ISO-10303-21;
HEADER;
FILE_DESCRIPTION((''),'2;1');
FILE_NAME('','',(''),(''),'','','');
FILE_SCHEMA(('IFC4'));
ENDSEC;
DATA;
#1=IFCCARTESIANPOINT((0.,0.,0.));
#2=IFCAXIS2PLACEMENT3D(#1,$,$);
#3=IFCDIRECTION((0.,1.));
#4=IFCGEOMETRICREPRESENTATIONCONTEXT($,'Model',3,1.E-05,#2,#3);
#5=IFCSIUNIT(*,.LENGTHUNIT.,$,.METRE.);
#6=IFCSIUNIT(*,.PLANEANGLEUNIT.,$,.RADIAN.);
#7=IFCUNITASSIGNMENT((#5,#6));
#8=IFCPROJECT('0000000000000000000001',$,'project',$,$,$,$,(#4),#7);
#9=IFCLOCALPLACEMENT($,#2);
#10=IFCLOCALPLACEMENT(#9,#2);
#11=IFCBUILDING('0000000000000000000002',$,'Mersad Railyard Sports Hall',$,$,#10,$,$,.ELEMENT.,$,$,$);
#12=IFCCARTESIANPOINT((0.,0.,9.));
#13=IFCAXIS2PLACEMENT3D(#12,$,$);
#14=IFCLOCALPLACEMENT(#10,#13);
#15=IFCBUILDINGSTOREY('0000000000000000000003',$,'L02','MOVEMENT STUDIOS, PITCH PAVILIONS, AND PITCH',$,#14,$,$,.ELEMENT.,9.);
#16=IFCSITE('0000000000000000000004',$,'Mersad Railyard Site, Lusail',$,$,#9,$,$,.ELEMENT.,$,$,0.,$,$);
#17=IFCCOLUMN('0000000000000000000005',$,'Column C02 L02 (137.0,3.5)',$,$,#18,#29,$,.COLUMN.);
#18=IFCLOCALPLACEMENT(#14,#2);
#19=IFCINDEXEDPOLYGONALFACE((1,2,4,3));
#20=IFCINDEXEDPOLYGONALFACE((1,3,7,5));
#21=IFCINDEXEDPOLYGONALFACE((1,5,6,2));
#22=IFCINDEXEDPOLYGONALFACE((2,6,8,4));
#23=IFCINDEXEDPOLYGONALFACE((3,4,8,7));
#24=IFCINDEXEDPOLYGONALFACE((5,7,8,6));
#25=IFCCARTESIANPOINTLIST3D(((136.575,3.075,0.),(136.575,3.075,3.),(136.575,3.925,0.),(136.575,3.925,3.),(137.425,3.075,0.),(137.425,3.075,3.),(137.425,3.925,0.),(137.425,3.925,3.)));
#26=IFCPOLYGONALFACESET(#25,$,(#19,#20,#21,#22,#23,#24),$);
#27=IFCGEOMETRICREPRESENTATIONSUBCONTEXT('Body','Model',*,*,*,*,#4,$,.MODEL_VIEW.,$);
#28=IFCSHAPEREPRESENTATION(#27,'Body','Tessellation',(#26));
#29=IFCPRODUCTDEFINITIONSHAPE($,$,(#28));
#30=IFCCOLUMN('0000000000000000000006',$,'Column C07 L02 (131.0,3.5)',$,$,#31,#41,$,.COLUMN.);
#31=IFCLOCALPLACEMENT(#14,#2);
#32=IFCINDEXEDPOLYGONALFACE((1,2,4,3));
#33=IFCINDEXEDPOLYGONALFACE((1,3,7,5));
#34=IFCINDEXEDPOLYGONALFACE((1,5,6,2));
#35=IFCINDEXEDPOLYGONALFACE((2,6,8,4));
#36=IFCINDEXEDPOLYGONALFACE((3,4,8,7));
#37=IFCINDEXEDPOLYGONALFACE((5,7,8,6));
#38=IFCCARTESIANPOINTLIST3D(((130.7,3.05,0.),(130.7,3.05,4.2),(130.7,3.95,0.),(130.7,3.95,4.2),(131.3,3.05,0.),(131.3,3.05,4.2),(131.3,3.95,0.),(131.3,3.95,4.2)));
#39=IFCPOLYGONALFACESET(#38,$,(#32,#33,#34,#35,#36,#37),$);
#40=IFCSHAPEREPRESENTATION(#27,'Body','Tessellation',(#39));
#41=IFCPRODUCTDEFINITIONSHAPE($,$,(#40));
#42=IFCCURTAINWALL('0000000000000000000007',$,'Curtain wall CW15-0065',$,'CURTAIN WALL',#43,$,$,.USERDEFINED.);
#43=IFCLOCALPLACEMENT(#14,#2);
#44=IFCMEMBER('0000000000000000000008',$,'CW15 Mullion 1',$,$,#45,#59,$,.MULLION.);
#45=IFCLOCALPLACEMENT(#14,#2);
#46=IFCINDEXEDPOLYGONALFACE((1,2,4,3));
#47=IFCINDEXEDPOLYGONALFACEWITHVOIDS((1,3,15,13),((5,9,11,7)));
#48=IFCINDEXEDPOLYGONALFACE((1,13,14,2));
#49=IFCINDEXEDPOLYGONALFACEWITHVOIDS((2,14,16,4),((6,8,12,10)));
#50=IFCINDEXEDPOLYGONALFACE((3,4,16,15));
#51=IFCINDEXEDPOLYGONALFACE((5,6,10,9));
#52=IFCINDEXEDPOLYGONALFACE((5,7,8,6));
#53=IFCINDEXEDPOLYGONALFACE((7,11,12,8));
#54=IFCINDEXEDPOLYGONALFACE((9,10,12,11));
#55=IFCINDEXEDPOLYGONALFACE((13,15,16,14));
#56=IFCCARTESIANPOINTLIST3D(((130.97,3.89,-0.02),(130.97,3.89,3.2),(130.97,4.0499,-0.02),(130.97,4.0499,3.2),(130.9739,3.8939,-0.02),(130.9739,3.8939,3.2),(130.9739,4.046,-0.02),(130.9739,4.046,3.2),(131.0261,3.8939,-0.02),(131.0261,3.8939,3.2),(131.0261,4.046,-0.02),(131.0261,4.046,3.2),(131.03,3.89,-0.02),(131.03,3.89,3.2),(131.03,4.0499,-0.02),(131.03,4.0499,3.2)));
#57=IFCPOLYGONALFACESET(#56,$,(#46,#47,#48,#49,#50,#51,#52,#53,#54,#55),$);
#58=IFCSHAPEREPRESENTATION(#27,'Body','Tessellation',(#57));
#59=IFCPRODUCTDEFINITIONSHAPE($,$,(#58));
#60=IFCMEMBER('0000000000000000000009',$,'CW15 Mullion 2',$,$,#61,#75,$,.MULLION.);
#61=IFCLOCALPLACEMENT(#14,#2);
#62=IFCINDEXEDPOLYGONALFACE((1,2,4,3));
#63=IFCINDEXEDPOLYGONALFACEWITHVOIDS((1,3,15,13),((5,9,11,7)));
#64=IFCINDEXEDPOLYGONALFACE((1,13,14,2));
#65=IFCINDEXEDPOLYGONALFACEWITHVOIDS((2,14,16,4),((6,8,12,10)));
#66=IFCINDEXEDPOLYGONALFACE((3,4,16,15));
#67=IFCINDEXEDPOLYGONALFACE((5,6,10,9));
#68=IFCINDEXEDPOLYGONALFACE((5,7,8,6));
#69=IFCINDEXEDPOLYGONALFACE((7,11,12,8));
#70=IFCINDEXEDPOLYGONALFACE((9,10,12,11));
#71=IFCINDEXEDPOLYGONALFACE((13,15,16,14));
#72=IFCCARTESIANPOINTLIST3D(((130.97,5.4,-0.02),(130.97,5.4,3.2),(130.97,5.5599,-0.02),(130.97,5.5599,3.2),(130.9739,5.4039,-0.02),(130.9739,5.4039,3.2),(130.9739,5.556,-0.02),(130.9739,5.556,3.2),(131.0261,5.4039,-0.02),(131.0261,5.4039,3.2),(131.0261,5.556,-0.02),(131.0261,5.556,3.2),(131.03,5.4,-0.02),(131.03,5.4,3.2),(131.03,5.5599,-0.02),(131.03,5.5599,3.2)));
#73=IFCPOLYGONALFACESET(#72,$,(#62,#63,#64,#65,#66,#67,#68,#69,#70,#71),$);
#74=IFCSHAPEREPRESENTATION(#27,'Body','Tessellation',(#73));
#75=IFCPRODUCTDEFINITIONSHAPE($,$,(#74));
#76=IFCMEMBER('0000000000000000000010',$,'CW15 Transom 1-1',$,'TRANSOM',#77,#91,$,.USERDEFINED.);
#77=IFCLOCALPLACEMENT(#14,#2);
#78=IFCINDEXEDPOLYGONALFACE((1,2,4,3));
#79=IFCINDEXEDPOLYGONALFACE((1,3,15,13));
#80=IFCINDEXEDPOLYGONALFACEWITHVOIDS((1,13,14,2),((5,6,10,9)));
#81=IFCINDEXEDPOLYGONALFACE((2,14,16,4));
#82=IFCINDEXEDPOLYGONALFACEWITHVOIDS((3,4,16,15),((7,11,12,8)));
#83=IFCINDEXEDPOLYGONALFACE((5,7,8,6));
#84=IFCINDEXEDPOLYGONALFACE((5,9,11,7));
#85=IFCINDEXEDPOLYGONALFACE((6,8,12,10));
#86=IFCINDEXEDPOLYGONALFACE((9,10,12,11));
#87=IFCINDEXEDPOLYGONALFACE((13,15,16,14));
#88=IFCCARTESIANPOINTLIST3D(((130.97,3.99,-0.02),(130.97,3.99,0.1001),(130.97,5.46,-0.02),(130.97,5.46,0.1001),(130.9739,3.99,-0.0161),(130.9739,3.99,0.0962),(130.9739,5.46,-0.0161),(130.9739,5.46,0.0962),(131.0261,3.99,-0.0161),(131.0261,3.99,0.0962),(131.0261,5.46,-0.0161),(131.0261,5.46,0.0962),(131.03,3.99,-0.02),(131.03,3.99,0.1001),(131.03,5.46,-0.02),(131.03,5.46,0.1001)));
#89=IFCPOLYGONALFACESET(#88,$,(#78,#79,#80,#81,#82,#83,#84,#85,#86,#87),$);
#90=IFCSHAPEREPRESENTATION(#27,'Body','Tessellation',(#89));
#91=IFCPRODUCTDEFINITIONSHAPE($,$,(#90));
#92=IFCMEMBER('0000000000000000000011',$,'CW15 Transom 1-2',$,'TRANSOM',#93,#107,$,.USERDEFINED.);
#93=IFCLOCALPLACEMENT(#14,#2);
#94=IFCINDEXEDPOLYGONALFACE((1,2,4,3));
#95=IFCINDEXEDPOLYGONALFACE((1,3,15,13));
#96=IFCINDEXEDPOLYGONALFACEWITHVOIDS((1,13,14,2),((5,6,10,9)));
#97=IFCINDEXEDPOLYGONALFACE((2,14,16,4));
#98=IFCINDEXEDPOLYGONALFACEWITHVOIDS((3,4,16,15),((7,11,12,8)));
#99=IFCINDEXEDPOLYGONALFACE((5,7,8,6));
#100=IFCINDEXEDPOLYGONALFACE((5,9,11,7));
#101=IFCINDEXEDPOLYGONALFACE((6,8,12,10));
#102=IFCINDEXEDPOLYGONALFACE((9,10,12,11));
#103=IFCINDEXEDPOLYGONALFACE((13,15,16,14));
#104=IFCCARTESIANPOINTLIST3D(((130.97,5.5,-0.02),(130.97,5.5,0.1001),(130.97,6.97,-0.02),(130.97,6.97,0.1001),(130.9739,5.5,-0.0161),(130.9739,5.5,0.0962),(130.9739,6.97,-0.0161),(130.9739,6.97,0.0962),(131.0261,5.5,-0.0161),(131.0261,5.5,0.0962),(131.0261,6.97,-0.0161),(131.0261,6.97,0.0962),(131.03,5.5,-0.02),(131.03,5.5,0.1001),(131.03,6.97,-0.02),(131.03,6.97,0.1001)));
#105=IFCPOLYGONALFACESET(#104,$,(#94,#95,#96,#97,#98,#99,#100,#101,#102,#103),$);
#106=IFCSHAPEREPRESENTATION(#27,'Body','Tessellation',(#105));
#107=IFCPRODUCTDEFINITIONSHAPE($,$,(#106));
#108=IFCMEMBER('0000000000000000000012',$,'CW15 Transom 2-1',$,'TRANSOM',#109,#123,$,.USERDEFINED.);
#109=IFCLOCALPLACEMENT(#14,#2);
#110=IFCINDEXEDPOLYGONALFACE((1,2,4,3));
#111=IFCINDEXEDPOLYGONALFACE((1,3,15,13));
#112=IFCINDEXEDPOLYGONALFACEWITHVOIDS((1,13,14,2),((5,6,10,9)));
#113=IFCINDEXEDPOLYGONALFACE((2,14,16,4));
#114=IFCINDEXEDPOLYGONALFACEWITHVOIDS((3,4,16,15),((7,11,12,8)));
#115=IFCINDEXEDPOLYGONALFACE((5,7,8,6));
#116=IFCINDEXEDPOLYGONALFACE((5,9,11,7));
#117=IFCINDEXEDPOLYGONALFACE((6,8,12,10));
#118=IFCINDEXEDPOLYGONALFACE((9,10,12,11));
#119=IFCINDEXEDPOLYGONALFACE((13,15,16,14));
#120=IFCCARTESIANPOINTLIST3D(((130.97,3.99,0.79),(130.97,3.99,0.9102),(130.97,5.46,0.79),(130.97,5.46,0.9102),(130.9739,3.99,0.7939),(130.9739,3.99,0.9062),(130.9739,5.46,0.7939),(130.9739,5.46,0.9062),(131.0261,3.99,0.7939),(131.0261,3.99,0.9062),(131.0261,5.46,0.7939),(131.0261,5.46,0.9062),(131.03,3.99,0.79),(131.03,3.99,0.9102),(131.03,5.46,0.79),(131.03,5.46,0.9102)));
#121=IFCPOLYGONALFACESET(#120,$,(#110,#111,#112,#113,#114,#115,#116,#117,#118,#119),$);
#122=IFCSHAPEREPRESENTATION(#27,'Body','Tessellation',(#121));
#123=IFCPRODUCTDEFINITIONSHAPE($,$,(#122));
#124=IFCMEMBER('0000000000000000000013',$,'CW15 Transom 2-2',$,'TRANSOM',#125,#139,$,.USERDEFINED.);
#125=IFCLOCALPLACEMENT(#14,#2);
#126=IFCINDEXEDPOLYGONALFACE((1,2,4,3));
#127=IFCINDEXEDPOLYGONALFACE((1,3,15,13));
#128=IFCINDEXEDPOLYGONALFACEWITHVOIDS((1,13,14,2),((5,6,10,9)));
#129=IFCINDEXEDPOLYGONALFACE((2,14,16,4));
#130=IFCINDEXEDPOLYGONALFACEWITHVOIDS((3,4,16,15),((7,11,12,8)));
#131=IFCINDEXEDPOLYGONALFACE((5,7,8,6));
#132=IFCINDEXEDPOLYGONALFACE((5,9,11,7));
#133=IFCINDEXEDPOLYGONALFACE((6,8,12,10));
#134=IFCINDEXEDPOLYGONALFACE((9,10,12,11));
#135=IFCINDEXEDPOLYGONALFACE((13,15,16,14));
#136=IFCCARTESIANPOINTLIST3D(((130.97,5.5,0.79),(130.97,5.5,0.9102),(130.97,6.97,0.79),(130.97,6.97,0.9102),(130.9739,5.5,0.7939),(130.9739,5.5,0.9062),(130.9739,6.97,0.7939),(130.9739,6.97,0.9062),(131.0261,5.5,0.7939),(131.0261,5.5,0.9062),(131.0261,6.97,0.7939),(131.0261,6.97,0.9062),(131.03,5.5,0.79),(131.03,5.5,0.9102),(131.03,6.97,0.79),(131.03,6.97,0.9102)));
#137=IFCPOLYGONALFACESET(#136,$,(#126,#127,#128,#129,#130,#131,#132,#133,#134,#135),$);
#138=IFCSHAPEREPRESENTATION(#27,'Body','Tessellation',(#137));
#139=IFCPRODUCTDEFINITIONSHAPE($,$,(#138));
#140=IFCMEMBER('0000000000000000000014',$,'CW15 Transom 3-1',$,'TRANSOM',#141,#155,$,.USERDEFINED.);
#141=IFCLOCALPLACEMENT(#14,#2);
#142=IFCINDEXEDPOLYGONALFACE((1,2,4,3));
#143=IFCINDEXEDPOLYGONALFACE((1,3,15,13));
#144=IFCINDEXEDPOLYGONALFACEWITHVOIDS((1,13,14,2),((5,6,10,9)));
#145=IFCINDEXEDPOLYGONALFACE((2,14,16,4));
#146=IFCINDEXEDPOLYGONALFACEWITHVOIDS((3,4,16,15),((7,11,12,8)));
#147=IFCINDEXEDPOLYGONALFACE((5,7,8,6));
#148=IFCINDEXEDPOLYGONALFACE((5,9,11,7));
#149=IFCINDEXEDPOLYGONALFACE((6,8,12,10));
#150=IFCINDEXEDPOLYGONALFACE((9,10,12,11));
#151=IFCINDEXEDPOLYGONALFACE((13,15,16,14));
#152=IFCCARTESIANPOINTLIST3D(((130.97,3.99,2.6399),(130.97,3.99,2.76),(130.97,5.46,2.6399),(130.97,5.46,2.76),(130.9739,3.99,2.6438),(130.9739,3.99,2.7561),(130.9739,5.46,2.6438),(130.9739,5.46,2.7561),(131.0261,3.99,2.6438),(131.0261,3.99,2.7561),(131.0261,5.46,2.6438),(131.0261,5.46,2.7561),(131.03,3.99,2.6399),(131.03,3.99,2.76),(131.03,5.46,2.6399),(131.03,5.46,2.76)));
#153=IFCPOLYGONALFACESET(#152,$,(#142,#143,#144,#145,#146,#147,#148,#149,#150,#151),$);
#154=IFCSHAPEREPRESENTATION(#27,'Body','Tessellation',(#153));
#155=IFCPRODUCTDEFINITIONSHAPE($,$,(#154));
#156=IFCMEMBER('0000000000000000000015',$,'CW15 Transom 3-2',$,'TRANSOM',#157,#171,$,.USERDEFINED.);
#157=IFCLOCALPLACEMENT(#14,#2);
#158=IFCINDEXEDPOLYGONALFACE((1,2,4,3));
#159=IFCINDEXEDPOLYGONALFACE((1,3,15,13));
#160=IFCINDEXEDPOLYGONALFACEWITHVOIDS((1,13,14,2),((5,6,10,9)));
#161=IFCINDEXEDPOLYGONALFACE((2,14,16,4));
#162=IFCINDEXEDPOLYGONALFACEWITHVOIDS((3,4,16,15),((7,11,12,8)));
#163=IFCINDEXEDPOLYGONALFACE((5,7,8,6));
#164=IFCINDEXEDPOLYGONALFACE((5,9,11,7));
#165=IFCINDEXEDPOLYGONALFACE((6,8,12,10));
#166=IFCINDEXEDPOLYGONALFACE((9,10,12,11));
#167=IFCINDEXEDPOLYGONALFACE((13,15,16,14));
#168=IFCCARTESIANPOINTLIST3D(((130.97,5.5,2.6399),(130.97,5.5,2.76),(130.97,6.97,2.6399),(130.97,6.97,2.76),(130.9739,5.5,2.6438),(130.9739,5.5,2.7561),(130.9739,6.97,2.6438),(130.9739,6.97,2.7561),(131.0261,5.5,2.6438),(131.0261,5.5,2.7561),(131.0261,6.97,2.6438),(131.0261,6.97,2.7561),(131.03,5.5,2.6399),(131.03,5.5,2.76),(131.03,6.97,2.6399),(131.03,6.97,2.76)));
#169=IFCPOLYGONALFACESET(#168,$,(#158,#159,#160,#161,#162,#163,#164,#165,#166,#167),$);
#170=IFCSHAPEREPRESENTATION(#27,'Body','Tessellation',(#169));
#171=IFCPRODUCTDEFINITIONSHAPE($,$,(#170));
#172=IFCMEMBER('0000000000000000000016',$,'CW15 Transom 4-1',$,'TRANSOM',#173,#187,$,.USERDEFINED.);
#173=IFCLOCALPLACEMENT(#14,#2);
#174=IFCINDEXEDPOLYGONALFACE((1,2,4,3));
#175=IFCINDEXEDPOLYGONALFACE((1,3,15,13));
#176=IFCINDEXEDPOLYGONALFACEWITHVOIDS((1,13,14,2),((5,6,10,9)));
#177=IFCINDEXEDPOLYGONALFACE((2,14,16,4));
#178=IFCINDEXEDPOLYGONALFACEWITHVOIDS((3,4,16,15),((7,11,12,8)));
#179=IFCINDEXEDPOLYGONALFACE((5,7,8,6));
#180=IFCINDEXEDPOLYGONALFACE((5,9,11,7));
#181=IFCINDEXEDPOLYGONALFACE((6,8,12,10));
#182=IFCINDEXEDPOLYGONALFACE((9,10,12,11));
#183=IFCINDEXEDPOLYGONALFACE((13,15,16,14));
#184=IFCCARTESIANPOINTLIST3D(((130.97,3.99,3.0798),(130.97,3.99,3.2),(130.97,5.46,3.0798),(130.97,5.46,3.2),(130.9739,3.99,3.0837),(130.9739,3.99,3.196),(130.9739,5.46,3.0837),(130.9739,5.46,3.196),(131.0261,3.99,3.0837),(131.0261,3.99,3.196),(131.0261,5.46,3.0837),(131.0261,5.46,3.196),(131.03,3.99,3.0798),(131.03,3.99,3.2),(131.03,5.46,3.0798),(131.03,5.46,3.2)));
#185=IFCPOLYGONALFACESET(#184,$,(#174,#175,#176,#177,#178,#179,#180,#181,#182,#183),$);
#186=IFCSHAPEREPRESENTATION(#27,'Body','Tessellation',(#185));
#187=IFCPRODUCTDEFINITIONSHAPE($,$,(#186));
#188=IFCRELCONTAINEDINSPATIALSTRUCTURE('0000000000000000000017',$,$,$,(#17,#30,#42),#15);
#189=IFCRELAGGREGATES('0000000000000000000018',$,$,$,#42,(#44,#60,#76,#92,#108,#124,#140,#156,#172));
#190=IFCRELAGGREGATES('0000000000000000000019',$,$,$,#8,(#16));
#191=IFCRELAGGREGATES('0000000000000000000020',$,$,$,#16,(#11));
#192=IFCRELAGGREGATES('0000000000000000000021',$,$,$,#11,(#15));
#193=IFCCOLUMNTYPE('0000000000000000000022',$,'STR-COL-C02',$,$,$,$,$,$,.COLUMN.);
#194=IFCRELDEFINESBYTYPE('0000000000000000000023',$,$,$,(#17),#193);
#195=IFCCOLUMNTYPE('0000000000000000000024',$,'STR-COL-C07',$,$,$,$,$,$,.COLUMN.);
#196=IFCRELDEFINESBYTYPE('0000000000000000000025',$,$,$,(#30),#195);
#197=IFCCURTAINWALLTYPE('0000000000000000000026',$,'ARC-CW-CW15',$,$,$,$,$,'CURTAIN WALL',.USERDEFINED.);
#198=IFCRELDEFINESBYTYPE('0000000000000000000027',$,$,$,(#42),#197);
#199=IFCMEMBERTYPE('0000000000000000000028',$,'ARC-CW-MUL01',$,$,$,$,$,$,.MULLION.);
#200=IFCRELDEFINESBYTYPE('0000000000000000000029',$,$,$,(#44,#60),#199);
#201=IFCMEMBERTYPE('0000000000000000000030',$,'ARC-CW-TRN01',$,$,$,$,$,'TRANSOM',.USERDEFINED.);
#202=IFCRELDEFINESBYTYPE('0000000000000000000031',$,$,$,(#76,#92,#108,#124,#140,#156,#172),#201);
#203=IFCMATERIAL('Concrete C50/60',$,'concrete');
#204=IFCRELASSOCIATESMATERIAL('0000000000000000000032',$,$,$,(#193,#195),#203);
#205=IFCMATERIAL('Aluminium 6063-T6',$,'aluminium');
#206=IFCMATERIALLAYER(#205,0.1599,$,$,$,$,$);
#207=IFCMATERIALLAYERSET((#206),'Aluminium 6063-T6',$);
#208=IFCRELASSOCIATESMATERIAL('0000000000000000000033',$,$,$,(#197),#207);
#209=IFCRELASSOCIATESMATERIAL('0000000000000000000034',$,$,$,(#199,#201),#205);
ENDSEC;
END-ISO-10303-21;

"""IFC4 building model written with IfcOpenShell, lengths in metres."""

from ifc_helpers import new_model, si_unit, direction, frame, origin, origin_2d, place, context, subcontext, project, spatial, rectangle, hollow_rectangle, extrude, material, layer, layer_set, material_profile, profile_set, type_object, element, aggregate, save


model = new_model("IFC4")

# Units and contexts
model_context = context("Model", 3, precision=1e-05, world=origin(), true_north=direction((0.0, 1.0)))
body_context = subcontext(model_context, "Body", "Model", "MODEL_VIEW")
ifc_project = project(units=[si_unit("LENGTHUNIT", "METRE"), si_unit("PLANEANGLEUNIT", "RADIAN")], contexts=[model_context])

# Site, building, storey
site_placement = place(None, origin())
site = spatial("IfcSite", under=ifc_project, at=site_placement, Name="Mersad Railyard Site, Lusail", CompositionType="ELEMENT", RefElevation=0.0)
building_placement = place(site_placement, origin())
building = spatial("IfcBuilding", under=site, at=building_placement, Name="Mersad Railyard Sports Hall", CompositionType="ELEMENT")
storey_placement = place(building_placement, frame((0.0, 0.0, 9.0)))
storey = spatial("IfcBuildingStorey", under=building, at=storey_placement, Name="L02", Description="MOVEMENT STUDIOS, PITCH PAVILIONS, AND PITCH", CompositionType="ELEMENT", Elevation=9.0)

# Columns
ifc_material_1 = material(Name="Concrete C50/60", Category="concrete")
ifc_material_profile_1 = material_profile(ifc_material_1, rectangle(XDim=0.8501, YDim=0.8501, at=origin_2d()), Name="RC 850x850")
ifc_profile_set_1 = profile_set([ifc_material_profile_1], Name="Concrete C50/60")
column_type_1 = type_object("IfcColumnType", Name="STR-COL-C02", PredefinedType="COLUMN", material=ifc_profile_set_1)
column_1_placement = place(storey_placement, frame((137.0, 3.5, 0.0), z_axis=(0.0, 0.0, 1.0), x_axis=(1.0, 0.0, 0.0)))
element("IfcColumn", 1, at=column_1_placement, inside=storey, type_object=column_type_1, Name="Column C02 L02 (137.0,3.5)", PredefinedType="COLUMN", context=body_context, shape_type="SweptSolid", body=[
    extrude(rectangle(XDim=0.8501, YDim=0.8501, at=origin_2d()), origin(), (0.0, 0.0, 1.0), 3.0),
])
ifc_material_profile_2 = material_profile(ifc_material_1, rectangle(XDim=0.6001, YDim=0.8999, at=origin_2d()), Name="RC 600x900")
ifc_profile_set_2 = profile_set([ifc_material_profile_2], Name="Concrete C50/60")
column_type_2 = type_object("IfcColumnType", Name="STR-COL-C07", PredefinedType="COLUMN", material=ifc_profile_set_2)
column_2_placement = place(storey_placement, frame((131.0, 3.5, 0.0), z_axis=(0.0, 0.0, 1.0), x_axis=(1.0, 0.0, 0.0)))
element("IfcColumn", 2, at=column_2_placement, inside=storey, type_object=column_type_2, Name="Column C07 L02 (131.0,3.5)", PredefinedType="COLUMN", context=body_context, shape_type="SweptSolid", body=[
    extrude(rectangle(XDim=0.6001, YDim=0.8999, at=origin_2d()), origin(), (0.0, 0.0, 1.0), 4.2),
])

# Curtain wall, members
ifc_material_2 = material(Name="Aluminium 6063-T6", Category="aluminium")
ifc_layer_1 = layer(ifc_material_2, 0.1599)
ifc_layer_set_1 = layer_set([ifc_layer_1], Name="Aluminium 6063-T6")
curtain_wall_type = type_object("IfcCurtainWallType", Name="ARC-CW-CW15", ElementType="CURTAIN WALL", PredefinedType="USERDEFINED", material=ifc_layer_set_1)
curtain_wall_placement = place(storey_placement, origin())
curtain_wall = element("IfcCurtainWall", 3, at=curtain_wall_placement, inside=storey, type_object=curtain_wall_type, Name="Curtain wall CW15-0065", ObjectType="CURTAIN WALL", PredefinedType="USERDEFINED")
ifc_material_profile_3 = material_profile(ifc_material_2, hollow_rectangle(XDim=0.0601, YDim=0.1599, WallThickness=0.0039, at=origin_2d()), Name="AL MULLION 60x160x4")
ifc_profile_set_3 = profile_set([ifc_material_profile_3], Name="Aluminium 6063-T6")
member_type_1 = type_object("IfcMemberType", Name="ARC-CW-MUL01", PredefinedType="MULLION", material=ifc_profile_set_3)
member_1_placement = place(storey_placement, frame((131.0, 3.97, -0.02), z_axis=(0.0, 0.0, 1.0), x_axis=(1.0, 0.0, 0.0)))
member_1 = element("IfcMember", 4, at=member_1_placement, type_object=member_type_1, Name="CW15 Mullion 1", PredefinedType="MULLION", context=body_context, shape_type="SweptSolid", body=[
    extrude(hollow_rectangle(XDim=0.0601, YDim=0.1599, WallThickness=0.0039, at=origin_2d()), origin(), (0.0, 0.0, 1.0), 3.22),
])
member_2_placement = place(storey_placement, frame((131.0, 5.48, -0.02), z_axis=(0.0, 0.0, 1.0), x_axis=(1.0, 0.0, 0.0)))
member_2 = element("IfcMember", 5, at=member_2_placement, type_object=member_type_1, Name="CW15 Mullion 2", PredefinedType="MULLION", context=body_context, shape_type="SweptSolid", body=[
    extrude(hollow_rectangle(XDim=0.0601, YDim=0.1599, WallThickness=0.0039, at=origin_2d()), origin(), (0.0, 0.0, 1.0), 3.22),
])
ifc_material_profile_4 = material_profile(ifc_material_2, hollow_rectangle(XDim=0.0601, YDim=0.1201, WallThickness=0.0039, at=origin_2d()), Name="AL TRANSOM 60x120x4")
ifc_profile_set_4 = profile_set([ifc_material_profile_4], Name="Aluminium 6063-T6")
member_type_2 = type_object("IfcMemberType", Name="ARC-CW-TRN01", ElementType="TRANSOM", PredefinedType="USERDEFINED", material=ifc_profile_set_4)
member_3_placement = place(storey_placement, frame((131.0, 3.99, 0.04), z_axis=(0.0, 1.0, 0.0), x_axis=(-1.0, 0.0, 0.0)))
member_3 = element("IfcMember", 6, at=member_3_placement, type_object=member_type_2, Name="CW15 Transom 1-1", ObjectType="TRANSOM", PredefinedType="USERDEFINED", context=body_context, shape_type="SweptSolid", body=[
    extrude(hollow_rectangle(XDim=0.0601, YDim=0.1201, WallThickness=0.0039, at=origin_2d()), origin(), (0.0, 0.0, 1.0), 1.47),
])
member_4_placement = place(storey_placement, frame((131.0, 5.5, 0.04), z_axis=(0.0, 1.0, 0.0), x_axis=(-1.0, 0.0, 0.0)))
member_4 = element("IfcMember", 7, at=member_4_placement, type_object=member_type_2, Name="CW15 Transom 1-2", ObjectType="TRANSOM", PredefinedType="USERDEFINED", context=body_context, shape_type="SweptSolid", body=[
    extrude(hollow_rectangle(XDim=0.0601, YDim=0.1201, WallThickness=0.0039, at=origin_2d()), origin(), (0.0, 0.0, 1.0), 1.47),
])
member_5_placement = place(storey_placement, frame((131.0, 3.99, 0.8501), z_axis=(0.0, 1.0, 0.0), x_axis=(-1.0, 0.0, 0.0)))
member_5 = element("IfcMember", 8, at=member_5_placement, type_object=member_type_2, Name="CW15 Transom 2-1", ObjectType="TRANSOM", PredefinedType="USERDEFINED", context=body_context, shape_type="SweptSolid", body=[
    extrude(hollow_rectangle(XDim=0.0601, YDim=0.1201, WallThickness=0.0039, at=origin_2d()), origin(), (0.0, 0.0, 1.0), 1.47),
])
member_6_placement = place(storey_placement, frame((131.0, 5.5, 0.8501), z_axis=(0.0, 1.0, 0.0), x_axis=(-1.0, 0.0, 0.0)))
member_6 = element("IfcMember", 9, at=member_6_placement, type_object=member_type_2, Name="CW15 Transom 2-2", ObjectType="TRANSOM", PredefinedType="USERDEFINED", context=body_context, shape_type="SweptSolid", body=[
    extrude(hollow_rectangle(XDim=0.0601, YDim=0.1201, WallThickness=0.0039, at=origin_2d()), origin(), (0.0, 0.0, 1.0), 1.47),
])
member_7_placement = place(storey_placement, frame((131.0, 3.99, 2.7), z_axis=(0.0, 1.0, 0.0), x_axis=(-1.0, 0.0, 0.0)))
member_7 = element("IfcMember", 10, at=member_7_placement, type_object=member_type_2, Name="CW15 Transom 3-1", ObjectType="TRANSOM", PredefinedType="USERDEFINED", context=body_context, shape_type="SweptSolid", body=[
    extrude(hollow_rectangle(XDim=0.0601, YDim=0.1201, WallThickness=0.0039, at=origin_2d()), origin(), (0.0, 0.0, 1.0), 1.47),
])
member_8_placement = place(storey_placement, frame((131.0, 5.5, 2.7), z_axis=(0.0, 1.0, 0.0), x_axis=(-1.0, 0.0, 0.0)))
member_8 = element("IfcMember", 11, at=member_8_placement, type_object=member_type_2, Name="CW15 Transom 3-2", ObjectType="TRANSOM", PredefinedType="USERDEFINED", context=body_context, shape_type="SweptSolid", body=[
    extrude(hollow_rectangle(XDim=0.0601, YDim=0.1201, WallThickness=0.0039, at=origin_2d()), origin(), (0.0, 0.0, 1.0), 1.47),
])
member_9_placement = place(storey_placement, frame((131.0, 3.99, 3.1399), z_axis=(0.0, 1.0, 0.0), x_axis=(-1.0, 0.0, 0.0)))
member_9 = element("IfcMember", 12, at=member_9_placement, type_object=member_type_2, Name="CW15 Transom 4-1", ObjectType="TRANSOM", PredefinedType="USERDEFINED", context=body_context, shape_type="SweptSolid", body=[
    extrude(hollow_rectangle(XDim=0.0601, YDim=0.1201, WallThickness=0.0039, at=origin_2d()), origin(), (0.0, 0.0, 1.0), 1.47),
])

aggregate(curtain_wall, [member_1, member_2, member_3, member_4, member_5, member_6, member_7, member_8, member_9])

save(model, "model.ifc")
